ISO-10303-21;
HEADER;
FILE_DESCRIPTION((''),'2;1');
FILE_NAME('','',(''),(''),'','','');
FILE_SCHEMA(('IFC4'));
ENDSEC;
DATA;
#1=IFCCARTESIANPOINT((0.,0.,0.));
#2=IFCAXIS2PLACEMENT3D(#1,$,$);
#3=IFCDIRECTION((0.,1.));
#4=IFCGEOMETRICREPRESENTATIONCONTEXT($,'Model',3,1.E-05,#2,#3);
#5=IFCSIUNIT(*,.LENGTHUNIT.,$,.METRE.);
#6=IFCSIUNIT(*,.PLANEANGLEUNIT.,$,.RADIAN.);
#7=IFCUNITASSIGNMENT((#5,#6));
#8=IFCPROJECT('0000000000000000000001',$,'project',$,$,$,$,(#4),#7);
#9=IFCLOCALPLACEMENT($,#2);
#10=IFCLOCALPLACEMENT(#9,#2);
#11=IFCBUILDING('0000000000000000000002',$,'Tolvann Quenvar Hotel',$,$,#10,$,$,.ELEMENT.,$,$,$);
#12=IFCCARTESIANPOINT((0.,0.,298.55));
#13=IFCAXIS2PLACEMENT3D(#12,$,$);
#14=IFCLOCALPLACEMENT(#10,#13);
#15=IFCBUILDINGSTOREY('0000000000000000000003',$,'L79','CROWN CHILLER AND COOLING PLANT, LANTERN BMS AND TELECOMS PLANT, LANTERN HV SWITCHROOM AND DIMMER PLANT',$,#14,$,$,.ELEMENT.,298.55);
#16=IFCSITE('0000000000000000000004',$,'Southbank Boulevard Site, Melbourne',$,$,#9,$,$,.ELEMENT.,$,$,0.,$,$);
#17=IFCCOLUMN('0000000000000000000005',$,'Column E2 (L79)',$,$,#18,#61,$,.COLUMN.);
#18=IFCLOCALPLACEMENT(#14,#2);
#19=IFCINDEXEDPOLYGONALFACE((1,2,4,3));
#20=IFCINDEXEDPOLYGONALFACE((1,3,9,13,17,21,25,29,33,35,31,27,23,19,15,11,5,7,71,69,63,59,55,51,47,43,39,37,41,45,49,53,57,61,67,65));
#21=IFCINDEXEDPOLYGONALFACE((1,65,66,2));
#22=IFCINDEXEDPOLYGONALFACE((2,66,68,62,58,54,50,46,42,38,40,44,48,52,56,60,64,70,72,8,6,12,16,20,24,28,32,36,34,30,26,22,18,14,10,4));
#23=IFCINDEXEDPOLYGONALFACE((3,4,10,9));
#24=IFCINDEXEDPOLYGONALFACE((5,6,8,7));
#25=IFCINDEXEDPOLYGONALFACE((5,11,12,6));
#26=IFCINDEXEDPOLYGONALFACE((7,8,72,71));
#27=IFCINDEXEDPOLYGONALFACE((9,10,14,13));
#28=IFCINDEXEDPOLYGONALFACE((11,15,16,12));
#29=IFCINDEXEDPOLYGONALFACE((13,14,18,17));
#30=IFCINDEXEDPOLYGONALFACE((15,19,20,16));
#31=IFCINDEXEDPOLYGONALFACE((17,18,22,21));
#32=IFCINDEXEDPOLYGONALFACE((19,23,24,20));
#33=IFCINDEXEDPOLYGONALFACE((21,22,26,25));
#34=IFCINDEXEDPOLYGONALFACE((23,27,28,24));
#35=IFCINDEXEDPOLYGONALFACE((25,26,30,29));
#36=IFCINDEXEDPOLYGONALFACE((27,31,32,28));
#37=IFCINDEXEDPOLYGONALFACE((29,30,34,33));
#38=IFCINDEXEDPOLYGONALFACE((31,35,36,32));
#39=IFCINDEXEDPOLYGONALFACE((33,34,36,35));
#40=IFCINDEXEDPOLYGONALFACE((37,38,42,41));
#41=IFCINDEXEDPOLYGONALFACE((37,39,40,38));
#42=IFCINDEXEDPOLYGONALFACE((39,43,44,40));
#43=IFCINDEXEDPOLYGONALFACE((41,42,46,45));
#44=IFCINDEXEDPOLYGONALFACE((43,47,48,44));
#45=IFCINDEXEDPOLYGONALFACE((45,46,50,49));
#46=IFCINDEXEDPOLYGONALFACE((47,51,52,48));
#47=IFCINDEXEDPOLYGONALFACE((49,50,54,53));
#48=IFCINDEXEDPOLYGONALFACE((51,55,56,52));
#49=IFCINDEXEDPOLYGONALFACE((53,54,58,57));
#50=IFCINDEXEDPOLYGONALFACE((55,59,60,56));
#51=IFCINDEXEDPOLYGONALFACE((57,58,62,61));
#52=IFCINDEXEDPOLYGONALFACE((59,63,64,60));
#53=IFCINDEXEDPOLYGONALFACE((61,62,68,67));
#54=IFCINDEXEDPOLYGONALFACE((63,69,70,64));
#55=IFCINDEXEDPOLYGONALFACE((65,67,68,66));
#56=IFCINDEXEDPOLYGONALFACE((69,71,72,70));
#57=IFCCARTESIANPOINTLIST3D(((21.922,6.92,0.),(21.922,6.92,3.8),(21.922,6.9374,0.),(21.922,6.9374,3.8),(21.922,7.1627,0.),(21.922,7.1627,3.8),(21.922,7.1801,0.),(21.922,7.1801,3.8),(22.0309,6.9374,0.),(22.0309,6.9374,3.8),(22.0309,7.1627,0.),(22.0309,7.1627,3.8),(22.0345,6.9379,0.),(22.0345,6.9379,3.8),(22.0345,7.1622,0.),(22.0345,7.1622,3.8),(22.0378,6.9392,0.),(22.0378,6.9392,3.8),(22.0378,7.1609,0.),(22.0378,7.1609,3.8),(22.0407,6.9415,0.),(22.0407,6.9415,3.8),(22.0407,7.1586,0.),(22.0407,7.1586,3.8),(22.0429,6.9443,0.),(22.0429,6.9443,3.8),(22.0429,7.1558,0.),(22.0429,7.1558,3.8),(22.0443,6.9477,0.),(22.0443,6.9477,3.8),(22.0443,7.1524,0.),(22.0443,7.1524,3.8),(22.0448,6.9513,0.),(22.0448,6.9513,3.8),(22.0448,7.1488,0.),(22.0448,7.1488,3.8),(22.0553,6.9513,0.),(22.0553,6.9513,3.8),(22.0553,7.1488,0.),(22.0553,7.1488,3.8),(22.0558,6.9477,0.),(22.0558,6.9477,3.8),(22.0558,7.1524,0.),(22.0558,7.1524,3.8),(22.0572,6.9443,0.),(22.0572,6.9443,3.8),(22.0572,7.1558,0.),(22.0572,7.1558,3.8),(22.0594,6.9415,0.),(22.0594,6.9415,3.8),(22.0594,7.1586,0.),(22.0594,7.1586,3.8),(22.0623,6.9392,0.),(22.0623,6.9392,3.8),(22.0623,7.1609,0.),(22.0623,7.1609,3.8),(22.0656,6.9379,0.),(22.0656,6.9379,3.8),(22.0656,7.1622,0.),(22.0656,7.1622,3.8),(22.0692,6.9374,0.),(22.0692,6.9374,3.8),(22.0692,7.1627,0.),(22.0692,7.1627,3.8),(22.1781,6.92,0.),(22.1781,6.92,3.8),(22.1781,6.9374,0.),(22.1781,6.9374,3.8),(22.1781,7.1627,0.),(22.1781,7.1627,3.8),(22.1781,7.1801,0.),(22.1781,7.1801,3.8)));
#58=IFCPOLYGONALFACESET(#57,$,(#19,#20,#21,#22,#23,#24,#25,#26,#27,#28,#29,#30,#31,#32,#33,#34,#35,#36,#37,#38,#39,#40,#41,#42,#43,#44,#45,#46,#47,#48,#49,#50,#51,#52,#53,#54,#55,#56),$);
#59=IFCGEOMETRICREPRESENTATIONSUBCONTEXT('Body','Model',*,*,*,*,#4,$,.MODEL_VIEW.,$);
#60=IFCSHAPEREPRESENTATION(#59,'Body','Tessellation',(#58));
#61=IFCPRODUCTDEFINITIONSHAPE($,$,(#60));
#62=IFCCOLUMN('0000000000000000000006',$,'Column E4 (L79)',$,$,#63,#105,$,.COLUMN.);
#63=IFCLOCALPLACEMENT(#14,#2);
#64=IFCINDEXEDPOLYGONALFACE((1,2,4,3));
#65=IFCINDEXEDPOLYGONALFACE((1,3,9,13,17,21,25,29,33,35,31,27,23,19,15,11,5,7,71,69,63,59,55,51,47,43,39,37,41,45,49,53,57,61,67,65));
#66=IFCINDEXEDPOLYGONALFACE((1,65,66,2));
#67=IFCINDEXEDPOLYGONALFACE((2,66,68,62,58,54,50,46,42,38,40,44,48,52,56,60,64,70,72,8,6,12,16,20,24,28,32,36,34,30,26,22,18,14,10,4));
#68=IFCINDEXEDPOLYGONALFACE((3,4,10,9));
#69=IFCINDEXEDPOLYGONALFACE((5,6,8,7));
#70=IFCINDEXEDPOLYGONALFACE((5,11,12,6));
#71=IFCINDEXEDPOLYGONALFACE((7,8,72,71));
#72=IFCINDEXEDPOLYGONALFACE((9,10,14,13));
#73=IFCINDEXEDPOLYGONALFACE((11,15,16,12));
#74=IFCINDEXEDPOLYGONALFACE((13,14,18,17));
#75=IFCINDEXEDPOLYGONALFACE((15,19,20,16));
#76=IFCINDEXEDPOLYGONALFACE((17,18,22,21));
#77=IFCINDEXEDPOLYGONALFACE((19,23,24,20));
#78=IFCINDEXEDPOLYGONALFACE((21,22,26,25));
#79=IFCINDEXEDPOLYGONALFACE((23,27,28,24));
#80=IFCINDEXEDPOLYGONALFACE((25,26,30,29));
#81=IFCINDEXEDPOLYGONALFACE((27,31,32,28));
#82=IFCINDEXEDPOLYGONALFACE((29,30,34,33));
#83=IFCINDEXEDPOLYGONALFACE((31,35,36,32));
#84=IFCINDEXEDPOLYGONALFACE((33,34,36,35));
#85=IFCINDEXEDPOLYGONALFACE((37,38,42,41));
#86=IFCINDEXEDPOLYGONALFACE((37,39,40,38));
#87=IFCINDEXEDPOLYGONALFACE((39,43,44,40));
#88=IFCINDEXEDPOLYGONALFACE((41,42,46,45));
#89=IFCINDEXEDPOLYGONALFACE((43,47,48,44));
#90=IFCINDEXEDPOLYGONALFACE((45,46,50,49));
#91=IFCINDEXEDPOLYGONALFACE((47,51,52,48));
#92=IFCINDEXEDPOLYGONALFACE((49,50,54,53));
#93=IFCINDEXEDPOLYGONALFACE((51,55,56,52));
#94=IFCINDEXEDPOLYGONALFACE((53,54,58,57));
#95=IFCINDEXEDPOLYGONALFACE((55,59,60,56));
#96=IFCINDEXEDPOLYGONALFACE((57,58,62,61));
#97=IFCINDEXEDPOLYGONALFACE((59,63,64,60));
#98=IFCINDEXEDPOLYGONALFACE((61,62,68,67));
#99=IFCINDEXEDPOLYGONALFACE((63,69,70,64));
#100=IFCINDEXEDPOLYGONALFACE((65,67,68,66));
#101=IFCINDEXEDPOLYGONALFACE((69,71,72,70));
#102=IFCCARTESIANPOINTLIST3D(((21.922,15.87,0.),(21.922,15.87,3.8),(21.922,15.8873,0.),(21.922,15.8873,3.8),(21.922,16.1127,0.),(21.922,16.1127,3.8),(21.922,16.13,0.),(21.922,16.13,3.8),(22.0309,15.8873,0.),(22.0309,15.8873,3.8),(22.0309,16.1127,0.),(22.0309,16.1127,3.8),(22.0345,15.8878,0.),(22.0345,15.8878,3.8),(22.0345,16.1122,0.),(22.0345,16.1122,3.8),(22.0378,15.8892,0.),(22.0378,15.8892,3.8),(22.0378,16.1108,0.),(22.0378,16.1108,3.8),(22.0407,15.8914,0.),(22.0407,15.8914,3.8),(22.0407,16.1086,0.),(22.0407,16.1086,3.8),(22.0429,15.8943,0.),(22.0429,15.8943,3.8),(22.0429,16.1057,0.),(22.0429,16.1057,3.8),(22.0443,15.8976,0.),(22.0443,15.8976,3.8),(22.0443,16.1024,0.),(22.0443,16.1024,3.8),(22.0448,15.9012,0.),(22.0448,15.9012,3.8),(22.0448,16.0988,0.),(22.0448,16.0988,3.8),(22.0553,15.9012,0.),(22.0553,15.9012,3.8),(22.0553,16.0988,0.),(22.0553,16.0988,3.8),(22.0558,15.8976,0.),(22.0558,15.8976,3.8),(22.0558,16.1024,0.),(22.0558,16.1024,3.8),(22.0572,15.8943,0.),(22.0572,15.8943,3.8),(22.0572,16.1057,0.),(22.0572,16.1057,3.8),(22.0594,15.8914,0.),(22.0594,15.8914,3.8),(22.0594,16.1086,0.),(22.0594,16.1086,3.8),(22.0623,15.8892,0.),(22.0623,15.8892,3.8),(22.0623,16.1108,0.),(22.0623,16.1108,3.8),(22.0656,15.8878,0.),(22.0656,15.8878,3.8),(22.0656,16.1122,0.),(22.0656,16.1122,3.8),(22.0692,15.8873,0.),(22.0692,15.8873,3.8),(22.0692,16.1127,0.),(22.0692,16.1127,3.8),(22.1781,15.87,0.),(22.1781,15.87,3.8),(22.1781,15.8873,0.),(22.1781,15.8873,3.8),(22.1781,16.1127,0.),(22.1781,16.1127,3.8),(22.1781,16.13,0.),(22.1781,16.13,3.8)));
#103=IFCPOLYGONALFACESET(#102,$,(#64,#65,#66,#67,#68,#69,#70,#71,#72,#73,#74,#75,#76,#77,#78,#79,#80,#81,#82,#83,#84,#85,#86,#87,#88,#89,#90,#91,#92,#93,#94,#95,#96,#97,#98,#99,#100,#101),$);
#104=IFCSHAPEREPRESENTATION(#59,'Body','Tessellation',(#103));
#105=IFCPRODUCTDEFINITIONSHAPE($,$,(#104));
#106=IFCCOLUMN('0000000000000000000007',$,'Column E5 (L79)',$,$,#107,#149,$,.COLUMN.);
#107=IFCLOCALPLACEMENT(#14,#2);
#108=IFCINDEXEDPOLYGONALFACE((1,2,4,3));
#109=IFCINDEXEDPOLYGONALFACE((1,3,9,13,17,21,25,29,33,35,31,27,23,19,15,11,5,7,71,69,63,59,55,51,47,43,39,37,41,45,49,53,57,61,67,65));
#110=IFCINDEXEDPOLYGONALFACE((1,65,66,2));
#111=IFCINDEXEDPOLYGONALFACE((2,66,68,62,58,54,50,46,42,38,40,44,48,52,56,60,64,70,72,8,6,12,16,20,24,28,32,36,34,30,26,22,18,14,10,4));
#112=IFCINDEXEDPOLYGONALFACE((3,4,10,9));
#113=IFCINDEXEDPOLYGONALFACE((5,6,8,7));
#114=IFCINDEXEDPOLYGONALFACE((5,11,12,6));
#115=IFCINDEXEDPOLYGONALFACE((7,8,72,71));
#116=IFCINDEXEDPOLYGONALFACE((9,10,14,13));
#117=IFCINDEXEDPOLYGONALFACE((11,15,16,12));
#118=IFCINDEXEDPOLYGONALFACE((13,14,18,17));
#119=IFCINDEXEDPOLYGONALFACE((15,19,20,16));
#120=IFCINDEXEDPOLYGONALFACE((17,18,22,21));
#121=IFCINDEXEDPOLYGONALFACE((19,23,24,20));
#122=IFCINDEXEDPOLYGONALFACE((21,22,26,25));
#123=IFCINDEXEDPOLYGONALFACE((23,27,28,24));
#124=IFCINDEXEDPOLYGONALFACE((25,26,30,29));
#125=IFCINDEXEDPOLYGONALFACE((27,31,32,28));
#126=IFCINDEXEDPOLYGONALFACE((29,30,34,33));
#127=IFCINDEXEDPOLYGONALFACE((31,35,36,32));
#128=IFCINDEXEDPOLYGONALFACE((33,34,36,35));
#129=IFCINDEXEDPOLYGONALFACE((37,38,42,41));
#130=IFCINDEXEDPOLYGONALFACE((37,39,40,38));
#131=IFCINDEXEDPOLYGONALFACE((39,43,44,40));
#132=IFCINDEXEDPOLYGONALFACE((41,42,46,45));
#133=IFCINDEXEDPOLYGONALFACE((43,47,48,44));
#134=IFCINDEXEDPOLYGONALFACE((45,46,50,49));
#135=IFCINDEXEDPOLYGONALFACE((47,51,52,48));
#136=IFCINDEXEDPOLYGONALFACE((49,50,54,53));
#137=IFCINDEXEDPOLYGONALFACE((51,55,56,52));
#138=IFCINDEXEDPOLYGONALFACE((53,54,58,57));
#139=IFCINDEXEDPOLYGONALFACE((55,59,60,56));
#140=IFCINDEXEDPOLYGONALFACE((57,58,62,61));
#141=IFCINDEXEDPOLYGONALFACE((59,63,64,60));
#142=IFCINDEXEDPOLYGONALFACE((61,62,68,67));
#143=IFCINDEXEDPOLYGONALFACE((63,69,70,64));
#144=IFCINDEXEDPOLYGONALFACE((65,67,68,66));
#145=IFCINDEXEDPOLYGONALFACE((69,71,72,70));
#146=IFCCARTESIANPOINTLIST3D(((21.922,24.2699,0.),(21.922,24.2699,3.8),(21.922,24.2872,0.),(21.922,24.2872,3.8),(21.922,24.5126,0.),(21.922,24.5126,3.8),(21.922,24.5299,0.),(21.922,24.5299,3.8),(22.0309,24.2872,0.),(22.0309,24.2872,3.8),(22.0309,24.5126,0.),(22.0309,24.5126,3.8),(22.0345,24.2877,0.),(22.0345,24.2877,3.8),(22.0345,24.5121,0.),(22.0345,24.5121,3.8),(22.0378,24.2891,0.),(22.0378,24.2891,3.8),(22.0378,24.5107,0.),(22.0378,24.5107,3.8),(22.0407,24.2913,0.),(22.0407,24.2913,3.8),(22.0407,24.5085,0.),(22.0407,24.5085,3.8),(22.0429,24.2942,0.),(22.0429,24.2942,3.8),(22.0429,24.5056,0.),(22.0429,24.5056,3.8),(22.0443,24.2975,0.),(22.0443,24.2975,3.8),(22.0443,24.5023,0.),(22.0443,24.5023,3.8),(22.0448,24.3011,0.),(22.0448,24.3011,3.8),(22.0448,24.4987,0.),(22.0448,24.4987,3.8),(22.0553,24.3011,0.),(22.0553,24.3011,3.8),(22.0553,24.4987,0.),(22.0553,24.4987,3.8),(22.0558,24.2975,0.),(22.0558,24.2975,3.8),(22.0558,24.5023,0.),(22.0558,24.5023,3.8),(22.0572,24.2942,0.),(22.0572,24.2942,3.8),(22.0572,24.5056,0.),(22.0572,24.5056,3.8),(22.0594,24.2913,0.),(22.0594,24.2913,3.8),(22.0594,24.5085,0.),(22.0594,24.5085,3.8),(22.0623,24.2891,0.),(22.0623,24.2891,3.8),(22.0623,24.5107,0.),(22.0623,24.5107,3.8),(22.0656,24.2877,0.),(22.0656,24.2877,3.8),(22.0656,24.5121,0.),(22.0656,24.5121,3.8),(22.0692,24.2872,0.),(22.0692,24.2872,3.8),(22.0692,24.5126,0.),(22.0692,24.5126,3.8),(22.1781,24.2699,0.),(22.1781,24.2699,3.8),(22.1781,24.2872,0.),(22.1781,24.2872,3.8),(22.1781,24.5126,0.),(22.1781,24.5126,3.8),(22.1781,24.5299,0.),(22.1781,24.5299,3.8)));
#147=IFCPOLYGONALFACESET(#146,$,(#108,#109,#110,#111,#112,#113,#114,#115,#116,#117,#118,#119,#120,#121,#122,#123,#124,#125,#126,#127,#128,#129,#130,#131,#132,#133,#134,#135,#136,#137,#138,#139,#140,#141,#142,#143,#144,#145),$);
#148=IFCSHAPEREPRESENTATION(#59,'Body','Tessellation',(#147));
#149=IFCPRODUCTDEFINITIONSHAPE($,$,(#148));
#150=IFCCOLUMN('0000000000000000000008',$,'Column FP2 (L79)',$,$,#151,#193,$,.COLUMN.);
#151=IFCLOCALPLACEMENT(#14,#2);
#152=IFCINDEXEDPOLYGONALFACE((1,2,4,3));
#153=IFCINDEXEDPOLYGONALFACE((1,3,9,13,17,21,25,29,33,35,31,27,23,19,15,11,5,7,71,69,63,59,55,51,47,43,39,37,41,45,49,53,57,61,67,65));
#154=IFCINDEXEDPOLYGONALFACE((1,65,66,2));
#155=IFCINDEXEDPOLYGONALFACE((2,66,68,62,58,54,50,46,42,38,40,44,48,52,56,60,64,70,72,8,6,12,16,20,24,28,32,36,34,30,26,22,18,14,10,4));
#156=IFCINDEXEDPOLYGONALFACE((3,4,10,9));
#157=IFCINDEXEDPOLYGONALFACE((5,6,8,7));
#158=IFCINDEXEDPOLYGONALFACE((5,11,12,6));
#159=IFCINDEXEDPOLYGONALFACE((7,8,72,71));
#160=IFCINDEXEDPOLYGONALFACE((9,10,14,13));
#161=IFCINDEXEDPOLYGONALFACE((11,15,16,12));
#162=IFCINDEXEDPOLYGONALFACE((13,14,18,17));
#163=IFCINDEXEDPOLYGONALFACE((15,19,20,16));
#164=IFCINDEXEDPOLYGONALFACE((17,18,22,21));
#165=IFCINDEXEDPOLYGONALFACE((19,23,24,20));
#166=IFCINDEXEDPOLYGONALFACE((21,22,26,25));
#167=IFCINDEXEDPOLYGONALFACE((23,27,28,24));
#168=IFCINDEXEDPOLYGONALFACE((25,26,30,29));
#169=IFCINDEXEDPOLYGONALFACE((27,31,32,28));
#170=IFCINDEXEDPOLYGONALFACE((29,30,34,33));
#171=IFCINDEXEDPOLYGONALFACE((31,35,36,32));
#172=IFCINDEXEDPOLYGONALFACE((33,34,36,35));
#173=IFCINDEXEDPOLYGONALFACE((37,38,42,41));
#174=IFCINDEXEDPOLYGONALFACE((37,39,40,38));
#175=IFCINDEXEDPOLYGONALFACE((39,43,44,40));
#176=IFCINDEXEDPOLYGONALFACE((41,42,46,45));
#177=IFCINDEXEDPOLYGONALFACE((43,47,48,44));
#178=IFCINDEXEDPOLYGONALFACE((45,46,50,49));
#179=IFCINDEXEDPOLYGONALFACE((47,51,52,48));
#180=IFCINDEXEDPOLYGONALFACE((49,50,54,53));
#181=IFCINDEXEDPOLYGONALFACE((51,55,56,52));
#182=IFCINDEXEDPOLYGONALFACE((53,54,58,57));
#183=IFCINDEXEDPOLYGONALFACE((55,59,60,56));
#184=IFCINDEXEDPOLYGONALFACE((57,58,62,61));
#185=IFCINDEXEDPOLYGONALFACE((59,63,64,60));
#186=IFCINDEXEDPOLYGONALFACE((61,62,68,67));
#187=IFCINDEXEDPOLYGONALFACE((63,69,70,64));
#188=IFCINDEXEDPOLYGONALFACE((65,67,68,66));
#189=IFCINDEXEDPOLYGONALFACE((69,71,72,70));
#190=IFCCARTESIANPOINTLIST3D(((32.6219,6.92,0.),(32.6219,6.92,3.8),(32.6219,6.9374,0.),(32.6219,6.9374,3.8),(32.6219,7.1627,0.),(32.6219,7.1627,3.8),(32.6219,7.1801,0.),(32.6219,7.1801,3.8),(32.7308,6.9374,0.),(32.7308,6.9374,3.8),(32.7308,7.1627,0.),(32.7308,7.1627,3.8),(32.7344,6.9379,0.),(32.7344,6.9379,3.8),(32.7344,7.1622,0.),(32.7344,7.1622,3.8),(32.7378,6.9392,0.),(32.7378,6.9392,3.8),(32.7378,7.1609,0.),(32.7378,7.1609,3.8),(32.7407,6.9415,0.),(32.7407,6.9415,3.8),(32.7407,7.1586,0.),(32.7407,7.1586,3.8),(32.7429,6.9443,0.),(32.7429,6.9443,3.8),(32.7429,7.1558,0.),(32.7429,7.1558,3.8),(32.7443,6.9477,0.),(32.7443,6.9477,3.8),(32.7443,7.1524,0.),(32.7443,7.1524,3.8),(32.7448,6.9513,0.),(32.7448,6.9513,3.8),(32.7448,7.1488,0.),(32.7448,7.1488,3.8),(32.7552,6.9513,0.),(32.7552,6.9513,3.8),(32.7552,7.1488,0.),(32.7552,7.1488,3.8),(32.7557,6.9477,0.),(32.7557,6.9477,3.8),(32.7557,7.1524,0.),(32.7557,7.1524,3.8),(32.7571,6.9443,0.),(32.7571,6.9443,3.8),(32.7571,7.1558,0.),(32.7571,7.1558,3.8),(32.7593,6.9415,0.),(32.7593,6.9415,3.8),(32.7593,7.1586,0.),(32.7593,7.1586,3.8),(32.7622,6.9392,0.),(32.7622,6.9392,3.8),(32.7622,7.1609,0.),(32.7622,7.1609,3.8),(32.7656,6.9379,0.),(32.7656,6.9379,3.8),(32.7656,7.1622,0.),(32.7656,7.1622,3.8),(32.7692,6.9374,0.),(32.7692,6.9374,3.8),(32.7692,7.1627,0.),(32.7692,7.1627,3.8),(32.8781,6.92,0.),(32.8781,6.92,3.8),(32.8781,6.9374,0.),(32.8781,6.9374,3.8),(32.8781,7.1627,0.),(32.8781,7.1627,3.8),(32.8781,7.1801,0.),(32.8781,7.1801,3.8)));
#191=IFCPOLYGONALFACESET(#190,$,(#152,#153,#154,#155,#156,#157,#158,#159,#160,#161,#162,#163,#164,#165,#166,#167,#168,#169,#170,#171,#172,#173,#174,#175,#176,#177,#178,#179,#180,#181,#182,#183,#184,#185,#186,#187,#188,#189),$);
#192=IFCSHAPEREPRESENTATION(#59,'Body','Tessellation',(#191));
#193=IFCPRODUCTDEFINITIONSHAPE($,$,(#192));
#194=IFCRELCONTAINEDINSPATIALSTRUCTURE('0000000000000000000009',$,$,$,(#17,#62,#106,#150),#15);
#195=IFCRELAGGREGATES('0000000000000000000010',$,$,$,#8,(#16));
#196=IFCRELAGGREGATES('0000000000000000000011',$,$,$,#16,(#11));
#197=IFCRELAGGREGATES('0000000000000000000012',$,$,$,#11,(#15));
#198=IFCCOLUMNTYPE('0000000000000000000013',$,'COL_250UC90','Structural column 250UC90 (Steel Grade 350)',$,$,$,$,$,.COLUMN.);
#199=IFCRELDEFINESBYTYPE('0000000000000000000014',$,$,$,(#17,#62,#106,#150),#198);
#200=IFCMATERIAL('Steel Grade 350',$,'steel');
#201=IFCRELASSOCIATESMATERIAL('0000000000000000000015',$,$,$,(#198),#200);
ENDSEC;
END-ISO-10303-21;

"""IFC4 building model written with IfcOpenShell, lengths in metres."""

from ifc_helpers import new_model, si_unit, direction, frame, origin, origin_2d, place, context, subcontext, project, spatial, i_section, extrude, source, transform, mapped, material, material_profile, profile_set, type_object, type_shapes, element, save


model = new_model("IFC4")

# Units and contexts
model_context = context("Model", 3, precision=1e-05, world=origin(), true_north=direction((0.0, 1.0)))
body_context = subcontext(model_context, "Body", "Model", "MODEL_VIEW")
ifc_project = project(units=[si_unit("LENGTHUNIT", "METRE"), si_unit("PLANEANGLEUNIT", "RADIAN")], contexts=[model_context])

# Site, building, storey
site_placement = place(None, origin())
site = spatial("IfcSite", under=ifc_project, at=site_placement, Name="Southbank Boulevard Site, Melbourne", CompositionType="ELEMENT", RefElevation=0.0)
building_placement = place(site_placement, origin())
building = spatial("IfcBuilding", under=site, at=building_placement, Name="Tolvann Quenvar Hotel", CompositionType="ELEMENT")
storey_placement = place(building_placement, frame((0.0, 0.0, 298.55)))
storey = spatial("IfcBuildingStorey", under=building, at=storey_placement, Name="L79", Description="CROWN CHILLER AND COOLING PLANT, LANTERN BMS AND TELECOMS PLANT, LANTERN HV SWITCHROOM AND DIMMER PLANT", CompositionType="ELEMENT", Elevation=298.55)

# Columns
ifc_material_1 = material(Name="Steel Grade 350", Category="steel")
ifc_material_profile_1 = material_profile(ifc_material_1, i_section(OverallWidth=0.2561, OverallDepth=0.26, WebThickness=0.0105, FlangeThickness=0.0173, FilletRadius=0.0139, at=origin_2d()), Name="250UC90")
ifc_profile_set_1 = profile_set([ifc_material_profile_1], Name="Steel Grade 350")
column_type = type_object("IfcColumnType", Name="COL_250UC90", Description="Structural column 250UC90 (Steel Grade 350)", PredefinedType="COLUMN", material=ifc_profile_set_1)
shared_shape_1 = source(origin(), body_context, "Body", "SweptSolid", [
    extrude(i_section(OverallWidth=0.2561, OverallDepth=0.26, WebThickness=0.0105, FlangeThickness=0.0173, FilletRadius=0.0139, at=origin_2d()), origin(), (0.0, 0.0, 1.0), 3.8),
])
type_shapes(column_type, [shared_shape_1])
for number, where, z_axis, x_axis, name in (
    (1, (22.05, 7.05, 0.0), (0.0, 0.0, 1.0), (1.0, 0.0, 0.0), "Column E2 (L79)"),
    (2, (22.05, 16.0, 0.0), (0.0, 0.0, 1.0), (1.0, 0.0, 0.0), "Column E4 (L79)"),
    (3, (22.05, 24.3999, 0.0), (0.0, 0.0, 1.0), (1.0, 0.0, 0.0), "Column E5 (L79)"),
    (4, (32.75, 7.05, 0.0), (0.0, 0.0, 1.0), (1.0, 0.0, 0.0), "Column FP2 (L79)"),
):
    element("IfcColumn", number, at=place(storey_placement, frame(where, z_axis=z_axis, x_axis=x_axis)), inside=storey, type_object=column_type, Name=name, PredefinedType="COLUMN", context=body_context, shape_type="MappedRepresentation", body=[
        mapped(shared_shape_1, transform((0.0, 0.0, 0.0), x_axis=(1.0, 0.0, 0.0), y_axis=(0.0, 1.0, 0.0), z_axis=(0.0, 0.0, 1.0), scale=1.0)),
    ])

save(model, "model.ifc")
